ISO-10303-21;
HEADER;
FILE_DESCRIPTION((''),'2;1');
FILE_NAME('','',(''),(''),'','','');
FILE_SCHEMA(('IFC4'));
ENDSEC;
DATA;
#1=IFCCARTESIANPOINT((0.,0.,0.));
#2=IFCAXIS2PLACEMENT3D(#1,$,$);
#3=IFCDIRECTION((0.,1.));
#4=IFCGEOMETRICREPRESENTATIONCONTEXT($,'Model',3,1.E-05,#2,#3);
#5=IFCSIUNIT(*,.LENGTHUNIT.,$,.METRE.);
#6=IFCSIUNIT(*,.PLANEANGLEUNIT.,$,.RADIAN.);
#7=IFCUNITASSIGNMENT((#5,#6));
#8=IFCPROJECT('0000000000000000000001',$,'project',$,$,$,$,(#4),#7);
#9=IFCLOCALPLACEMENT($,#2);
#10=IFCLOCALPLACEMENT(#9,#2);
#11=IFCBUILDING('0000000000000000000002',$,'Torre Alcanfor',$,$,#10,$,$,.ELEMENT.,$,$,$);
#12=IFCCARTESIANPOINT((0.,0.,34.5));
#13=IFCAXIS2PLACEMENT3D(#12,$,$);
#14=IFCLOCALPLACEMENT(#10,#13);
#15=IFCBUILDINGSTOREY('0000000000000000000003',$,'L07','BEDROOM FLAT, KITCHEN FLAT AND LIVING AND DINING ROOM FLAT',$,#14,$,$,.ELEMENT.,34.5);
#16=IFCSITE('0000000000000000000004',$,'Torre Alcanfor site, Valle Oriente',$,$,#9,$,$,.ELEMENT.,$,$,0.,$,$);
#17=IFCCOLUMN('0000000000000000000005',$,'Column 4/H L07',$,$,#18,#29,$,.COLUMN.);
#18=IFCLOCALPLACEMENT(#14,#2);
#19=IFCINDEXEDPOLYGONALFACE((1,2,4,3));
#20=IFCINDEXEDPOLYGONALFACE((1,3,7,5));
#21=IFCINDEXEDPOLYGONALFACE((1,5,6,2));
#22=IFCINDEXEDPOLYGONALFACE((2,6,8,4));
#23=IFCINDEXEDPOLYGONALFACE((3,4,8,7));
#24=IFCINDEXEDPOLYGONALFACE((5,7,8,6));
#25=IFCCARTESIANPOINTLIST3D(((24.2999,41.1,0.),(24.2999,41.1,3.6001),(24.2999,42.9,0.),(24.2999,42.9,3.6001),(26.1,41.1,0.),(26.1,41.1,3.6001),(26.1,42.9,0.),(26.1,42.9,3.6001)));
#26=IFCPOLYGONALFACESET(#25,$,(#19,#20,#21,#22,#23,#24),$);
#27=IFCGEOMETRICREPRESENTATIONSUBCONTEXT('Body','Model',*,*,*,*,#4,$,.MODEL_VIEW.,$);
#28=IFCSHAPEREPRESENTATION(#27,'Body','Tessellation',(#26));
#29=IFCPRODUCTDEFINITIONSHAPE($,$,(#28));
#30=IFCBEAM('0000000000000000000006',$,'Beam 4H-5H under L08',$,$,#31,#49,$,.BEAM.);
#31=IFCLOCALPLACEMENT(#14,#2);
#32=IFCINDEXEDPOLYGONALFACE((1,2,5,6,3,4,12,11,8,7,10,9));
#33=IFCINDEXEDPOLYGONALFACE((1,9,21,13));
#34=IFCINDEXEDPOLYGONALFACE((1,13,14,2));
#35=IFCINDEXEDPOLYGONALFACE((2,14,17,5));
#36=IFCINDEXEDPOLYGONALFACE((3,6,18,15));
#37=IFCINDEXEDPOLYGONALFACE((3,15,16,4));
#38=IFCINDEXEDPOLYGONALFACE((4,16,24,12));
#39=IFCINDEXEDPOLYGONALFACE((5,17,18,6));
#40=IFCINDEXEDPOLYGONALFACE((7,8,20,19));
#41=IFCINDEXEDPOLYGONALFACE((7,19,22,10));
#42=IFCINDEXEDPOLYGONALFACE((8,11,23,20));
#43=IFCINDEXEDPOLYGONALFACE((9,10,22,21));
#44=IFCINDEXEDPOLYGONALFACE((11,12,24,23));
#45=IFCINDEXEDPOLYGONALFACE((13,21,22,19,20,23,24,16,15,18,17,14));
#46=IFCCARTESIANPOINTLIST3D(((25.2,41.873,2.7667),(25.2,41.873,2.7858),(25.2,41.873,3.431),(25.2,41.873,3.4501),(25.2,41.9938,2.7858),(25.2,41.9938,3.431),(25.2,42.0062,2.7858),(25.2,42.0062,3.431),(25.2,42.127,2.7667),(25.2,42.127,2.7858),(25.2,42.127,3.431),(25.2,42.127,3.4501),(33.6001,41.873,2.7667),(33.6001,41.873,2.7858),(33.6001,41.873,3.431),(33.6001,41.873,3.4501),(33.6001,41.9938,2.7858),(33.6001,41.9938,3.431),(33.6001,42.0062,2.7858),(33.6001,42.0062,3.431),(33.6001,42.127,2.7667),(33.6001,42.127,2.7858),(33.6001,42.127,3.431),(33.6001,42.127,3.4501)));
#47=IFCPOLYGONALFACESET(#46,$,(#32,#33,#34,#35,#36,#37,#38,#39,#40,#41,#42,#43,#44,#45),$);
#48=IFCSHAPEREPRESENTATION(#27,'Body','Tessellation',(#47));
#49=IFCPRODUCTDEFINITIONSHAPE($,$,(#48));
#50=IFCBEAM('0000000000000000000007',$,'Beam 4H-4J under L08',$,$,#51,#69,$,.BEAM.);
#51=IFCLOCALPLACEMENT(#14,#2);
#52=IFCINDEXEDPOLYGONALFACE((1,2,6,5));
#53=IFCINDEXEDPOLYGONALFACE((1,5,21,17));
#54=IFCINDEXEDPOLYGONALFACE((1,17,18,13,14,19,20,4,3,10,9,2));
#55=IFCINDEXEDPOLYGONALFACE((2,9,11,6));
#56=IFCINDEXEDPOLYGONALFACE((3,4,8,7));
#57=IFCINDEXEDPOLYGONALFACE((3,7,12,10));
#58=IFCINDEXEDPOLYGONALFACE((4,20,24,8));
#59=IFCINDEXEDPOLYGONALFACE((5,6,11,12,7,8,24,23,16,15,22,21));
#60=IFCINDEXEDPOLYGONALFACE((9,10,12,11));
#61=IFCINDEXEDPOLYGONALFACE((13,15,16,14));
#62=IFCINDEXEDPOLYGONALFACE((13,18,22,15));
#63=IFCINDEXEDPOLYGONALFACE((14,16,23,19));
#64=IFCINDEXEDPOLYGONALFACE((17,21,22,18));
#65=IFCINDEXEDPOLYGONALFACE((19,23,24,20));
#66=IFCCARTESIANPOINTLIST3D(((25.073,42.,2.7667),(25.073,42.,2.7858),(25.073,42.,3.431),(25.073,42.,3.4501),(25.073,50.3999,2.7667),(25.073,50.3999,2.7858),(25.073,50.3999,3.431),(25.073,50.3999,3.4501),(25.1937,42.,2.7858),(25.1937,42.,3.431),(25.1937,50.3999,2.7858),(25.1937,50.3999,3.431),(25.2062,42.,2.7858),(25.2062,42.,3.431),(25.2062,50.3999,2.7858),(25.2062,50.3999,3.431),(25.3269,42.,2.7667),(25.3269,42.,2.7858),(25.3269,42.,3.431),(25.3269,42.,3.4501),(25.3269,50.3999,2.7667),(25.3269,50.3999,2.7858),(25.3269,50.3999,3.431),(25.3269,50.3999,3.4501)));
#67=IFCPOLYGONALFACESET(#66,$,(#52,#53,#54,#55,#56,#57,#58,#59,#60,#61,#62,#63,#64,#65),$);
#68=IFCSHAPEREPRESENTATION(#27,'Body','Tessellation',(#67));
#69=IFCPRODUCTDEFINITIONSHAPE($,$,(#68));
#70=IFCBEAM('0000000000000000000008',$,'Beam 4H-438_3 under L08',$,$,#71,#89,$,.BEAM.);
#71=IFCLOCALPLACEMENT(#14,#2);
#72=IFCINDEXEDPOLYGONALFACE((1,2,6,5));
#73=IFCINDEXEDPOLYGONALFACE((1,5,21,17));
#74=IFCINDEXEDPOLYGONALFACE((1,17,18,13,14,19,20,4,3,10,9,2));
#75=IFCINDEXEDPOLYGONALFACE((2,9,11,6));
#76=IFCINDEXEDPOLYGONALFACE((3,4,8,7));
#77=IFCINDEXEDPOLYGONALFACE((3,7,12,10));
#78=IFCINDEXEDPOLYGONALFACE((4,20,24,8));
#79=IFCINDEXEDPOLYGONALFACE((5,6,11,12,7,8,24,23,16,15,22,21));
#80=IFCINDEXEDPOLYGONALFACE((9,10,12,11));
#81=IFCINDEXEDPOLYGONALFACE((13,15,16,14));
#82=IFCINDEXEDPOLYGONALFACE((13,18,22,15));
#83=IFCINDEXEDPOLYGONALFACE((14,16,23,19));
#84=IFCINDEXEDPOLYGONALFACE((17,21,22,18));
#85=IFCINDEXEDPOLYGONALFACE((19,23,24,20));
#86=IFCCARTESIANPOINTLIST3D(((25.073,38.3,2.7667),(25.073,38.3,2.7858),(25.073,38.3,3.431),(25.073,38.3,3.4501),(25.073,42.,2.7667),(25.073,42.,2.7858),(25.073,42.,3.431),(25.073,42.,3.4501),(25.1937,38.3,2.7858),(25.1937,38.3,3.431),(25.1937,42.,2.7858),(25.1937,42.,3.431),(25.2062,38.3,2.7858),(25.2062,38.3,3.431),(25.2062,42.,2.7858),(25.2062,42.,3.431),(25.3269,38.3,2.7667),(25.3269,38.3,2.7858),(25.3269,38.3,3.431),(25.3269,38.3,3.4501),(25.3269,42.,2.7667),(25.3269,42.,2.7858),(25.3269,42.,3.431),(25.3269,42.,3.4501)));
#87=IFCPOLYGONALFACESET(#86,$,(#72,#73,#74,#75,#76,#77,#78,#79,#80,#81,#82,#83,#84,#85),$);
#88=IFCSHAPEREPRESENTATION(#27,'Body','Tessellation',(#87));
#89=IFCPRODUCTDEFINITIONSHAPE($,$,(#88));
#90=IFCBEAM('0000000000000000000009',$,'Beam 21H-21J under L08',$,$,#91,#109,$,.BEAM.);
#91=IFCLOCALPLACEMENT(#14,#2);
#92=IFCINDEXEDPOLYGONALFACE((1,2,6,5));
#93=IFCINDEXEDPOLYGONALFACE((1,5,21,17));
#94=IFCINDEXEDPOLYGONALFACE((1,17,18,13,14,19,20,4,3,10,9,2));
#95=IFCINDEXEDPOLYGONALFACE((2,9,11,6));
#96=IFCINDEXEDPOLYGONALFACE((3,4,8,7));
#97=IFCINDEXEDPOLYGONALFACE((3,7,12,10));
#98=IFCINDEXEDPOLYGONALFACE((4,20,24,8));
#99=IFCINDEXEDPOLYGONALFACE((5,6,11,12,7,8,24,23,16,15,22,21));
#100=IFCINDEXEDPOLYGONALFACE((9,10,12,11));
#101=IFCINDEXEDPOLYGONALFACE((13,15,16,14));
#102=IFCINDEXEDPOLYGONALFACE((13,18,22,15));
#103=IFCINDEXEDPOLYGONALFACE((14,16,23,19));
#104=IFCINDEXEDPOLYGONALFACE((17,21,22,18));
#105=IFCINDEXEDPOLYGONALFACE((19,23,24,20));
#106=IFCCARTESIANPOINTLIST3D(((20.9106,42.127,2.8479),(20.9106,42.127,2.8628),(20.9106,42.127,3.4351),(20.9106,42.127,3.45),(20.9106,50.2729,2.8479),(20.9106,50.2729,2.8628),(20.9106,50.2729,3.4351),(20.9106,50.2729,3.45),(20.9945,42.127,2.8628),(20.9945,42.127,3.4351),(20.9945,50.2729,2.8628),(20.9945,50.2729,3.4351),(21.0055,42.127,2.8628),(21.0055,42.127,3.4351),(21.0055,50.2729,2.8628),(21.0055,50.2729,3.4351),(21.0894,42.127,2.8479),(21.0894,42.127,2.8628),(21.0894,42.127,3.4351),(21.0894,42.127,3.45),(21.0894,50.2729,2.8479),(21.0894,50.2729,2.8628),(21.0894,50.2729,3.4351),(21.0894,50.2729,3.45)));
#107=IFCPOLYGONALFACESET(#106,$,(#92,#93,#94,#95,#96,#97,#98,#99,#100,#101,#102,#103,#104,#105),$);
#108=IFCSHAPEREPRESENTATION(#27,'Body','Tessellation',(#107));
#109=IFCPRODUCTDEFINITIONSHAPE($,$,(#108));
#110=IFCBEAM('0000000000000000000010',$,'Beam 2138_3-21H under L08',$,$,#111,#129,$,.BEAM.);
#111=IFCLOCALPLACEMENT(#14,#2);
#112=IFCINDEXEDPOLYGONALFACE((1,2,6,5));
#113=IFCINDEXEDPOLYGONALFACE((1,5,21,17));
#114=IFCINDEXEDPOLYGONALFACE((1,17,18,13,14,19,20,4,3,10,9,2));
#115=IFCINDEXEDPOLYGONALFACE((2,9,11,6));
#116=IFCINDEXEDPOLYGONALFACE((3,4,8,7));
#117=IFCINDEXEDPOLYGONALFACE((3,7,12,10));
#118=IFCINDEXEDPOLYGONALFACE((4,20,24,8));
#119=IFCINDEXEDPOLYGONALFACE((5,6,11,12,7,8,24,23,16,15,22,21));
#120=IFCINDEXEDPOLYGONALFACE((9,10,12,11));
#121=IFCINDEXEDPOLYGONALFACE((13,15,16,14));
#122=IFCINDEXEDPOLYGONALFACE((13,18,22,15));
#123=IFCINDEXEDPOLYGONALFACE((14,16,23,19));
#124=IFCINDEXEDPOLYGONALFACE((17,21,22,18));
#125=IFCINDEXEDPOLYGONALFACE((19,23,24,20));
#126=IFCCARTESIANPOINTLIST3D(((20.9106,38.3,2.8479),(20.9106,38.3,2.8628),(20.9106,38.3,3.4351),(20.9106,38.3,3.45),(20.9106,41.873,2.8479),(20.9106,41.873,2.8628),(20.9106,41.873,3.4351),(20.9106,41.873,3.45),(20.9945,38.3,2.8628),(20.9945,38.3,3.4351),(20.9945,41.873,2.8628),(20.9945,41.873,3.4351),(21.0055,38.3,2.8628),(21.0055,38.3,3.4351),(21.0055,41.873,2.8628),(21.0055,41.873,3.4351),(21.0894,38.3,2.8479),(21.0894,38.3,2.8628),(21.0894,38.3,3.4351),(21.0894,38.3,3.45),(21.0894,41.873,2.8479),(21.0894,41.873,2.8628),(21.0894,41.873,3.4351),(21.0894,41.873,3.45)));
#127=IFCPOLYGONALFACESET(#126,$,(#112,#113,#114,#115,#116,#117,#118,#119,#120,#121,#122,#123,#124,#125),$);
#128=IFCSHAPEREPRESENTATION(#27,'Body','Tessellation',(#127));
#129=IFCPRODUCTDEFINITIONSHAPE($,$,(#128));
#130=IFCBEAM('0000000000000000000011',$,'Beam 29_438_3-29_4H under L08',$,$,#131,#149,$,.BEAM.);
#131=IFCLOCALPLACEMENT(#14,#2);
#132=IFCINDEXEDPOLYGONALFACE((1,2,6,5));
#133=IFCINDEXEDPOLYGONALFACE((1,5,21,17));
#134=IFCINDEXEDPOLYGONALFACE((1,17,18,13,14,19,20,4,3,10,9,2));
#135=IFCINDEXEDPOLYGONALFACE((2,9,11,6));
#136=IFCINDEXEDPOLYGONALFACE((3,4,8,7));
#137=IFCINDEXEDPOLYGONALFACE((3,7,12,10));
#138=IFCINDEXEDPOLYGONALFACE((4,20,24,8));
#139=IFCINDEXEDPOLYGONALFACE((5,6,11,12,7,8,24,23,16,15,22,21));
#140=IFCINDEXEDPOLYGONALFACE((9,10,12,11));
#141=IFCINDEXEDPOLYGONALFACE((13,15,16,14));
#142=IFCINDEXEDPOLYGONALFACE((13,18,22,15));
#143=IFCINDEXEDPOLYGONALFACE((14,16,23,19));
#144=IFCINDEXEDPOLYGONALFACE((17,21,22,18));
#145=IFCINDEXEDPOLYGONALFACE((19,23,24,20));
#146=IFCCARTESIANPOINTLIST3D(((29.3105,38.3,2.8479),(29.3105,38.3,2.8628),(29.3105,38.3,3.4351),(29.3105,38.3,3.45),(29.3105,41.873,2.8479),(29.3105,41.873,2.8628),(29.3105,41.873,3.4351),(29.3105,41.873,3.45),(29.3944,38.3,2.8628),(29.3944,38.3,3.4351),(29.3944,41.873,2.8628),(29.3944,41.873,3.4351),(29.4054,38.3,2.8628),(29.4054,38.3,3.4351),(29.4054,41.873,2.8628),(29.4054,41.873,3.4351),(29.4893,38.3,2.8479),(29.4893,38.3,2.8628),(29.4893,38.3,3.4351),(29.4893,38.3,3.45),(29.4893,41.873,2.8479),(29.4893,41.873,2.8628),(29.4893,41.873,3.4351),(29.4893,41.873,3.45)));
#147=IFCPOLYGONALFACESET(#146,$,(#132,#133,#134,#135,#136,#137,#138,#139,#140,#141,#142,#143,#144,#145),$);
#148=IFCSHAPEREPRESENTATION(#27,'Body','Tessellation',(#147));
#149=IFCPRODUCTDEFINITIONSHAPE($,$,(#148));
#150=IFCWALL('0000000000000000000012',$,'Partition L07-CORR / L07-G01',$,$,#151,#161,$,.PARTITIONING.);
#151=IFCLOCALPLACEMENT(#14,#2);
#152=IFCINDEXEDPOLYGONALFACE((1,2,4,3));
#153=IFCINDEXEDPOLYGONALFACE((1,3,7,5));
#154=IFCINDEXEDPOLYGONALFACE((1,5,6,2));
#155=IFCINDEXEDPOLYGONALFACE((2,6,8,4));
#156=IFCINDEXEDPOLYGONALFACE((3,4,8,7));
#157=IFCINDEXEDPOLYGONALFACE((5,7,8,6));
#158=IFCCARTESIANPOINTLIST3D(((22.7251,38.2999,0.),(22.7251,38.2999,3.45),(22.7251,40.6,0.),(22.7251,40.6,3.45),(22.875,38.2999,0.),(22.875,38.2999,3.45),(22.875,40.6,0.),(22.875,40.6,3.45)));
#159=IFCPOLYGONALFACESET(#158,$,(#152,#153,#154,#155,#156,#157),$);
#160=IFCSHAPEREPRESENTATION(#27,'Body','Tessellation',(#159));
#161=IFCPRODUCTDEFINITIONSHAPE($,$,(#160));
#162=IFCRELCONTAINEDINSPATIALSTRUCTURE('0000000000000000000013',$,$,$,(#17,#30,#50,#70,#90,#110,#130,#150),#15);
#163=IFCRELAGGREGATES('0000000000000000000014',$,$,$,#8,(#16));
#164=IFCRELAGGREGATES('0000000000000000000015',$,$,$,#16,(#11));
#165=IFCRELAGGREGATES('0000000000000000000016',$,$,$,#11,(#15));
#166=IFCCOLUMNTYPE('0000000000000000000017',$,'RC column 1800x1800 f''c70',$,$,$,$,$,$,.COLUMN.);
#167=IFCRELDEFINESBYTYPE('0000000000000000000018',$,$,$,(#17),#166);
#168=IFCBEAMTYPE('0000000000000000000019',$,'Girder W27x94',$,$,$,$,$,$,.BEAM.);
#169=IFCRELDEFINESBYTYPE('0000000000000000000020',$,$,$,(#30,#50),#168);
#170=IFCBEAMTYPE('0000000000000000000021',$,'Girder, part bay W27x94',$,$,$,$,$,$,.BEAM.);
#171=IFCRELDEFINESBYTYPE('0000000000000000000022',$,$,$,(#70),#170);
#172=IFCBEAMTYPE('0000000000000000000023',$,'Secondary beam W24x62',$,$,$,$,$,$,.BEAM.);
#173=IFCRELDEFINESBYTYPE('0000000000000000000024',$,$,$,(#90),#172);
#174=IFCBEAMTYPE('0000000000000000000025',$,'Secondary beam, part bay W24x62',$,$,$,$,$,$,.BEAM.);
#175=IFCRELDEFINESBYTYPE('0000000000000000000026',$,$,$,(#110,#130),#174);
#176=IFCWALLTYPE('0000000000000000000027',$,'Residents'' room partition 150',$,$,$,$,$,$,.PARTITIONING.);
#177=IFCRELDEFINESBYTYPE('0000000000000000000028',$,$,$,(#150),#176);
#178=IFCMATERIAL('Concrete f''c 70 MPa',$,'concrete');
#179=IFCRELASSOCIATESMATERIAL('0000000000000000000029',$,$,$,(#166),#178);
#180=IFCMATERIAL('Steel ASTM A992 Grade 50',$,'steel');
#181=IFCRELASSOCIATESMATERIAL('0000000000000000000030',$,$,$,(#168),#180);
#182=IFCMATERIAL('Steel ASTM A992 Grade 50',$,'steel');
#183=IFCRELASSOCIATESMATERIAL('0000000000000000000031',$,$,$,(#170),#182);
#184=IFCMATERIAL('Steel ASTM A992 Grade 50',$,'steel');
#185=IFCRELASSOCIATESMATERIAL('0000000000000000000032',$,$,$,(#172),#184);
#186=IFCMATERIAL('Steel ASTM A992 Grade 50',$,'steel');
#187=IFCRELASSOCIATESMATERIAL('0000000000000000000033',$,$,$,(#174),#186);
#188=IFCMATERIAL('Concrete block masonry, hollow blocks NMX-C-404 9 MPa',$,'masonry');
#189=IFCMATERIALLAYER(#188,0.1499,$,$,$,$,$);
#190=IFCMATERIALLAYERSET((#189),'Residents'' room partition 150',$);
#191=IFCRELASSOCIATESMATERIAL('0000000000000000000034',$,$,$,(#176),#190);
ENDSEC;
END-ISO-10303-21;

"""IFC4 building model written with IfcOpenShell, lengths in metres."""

from ifc_helpers import new_model, si_unit, direction, frame, frame_2d, origin, origin_2d, place, context, subcontext, project, spatial, rectangle, i_section, extrude, material, layer, layer_set, material_profile, profile_set, type_object, element, save


model = new_model("IFC4")

# Units and contexts
model_context = context("Model", 3, precision=1e-05, world=origin(), true_north=direction((0.0, 1.0)))
body_context = subcontext(model_context, "Body", "Model", "MODEL_VIEW")
ifc_project = project(units=[si_unit("LENGTHUNIT", "METRE"), si_unit("PLANEANGLEUNIT", "RADIAN")], contexts=[model_context])

# Site, building, storey
site_placement = place(None, origin())
site = spatial("IfcSite", under=ifc_project, at=site_placement, Name="Torre Alcanfor site, Valle Oriente", CompositionType="ELEMENT", RefElevation=0.0)
building_placement = place(site_placement, origin())
building = spatial("IfcBuilding", under=site, at=building_placement, Name="Torre Alcanfor", CompositionType="ELEMENT")
storey_placement = place(building_placement, frame((0.0, 0.0, 34.5)))
storey = spatial("IfcBuildingStorey", under=building, at=storey_placement, Name="L07", Description="BEDROOM FLAT, KITCHEN FLAT AND LIVING AND DINING ROOM FLAT", CompositionType="ELEMENT", Elevation=34.5)

# Column
ifc_material_1 = material(Name="Concrete f'c 70 MPa", Category="concrete")
ifc_material_profile_1 = material_profile(ifc_material_1, rectangle(XDim=1.8, YDim=1.8, at=origin_2d()), Name="1800x1800")
ifc_profile_set_1 = profile_set([ifc_material_profile_1], Name="Concrete f'c 70 MPa")
column_type = type_object("IfcColumnType", Name="RC column 1800x1800 f'c70", PredefinedType="COLUMN", material=ifc_profile_set_1)
column_placement = place(storey_placement, frame((25.2, 42.0, 0.0), z_axis=(0.0, 0.0, 1.0), x_axis=(1.0, 0.0, 0.0)))
element("IfcColumn", 1, at=column_placement, inside=storey, type_object=column_type, Name="Column 4/H L07", PredefinedType="COLUMN", context=body_context, shape_type="SweptSolid", body=[
    extrude(rectangle(XDim=1.8, YDim=1.8, at=origin_2d()), origin(), (0.0, 0.0, 1.0), 3.6001),
])

# Beams
ifc_material_2 = material(Name="Steel ASTM A992 Grade 50", Category="steel")
ifc_material_profile_2 = material_profile(ifc_material_2, i_section(OverallWidth=0.2539, OverallDepth=0.6833, WebThickness=0.0125, FlangeThickness=0.019, at=origin_2d()), Name="W27x94")
ifc_profile_set_2 = profile_set([ifc_material_profile_2], Name="Steel ASTM A992 Grade 50")
beam_type_1 = type_object("IfcBeamType", Name="Girder W27x94", PredefinedType="BEAM", material=ifc_profile_set_2)
beam_1_placement = place(storey_placement, frame((25.2, 42.0, 3.1084), z_axis=(1.0, 0.0, 0.0), x_axis=(0.0, 1.0, 0.0)))
element("IfcBeam", 2, at=beam_1_placement, inside=storey, type_object=beam_type_1, Name="Beam 4H-5H under L08", PredefinedType="BEAM", context=body_context, shape_type="SweptSolid", body=[
    extrude(i_section(OverallWidth=0.2539, OverallDepth=0.6833, WebThickness=0.0125, FlangeThickness=0.019, at=origin_2d()), origin(), (0.0, 0.0, 1.0), 8.4001),
])
beam_2_placement = place(storey_placement, frame((25.2, 42.0, 3.1084), z_axis=(0.0, 1.0, 0.0), x_axis=(-1.0, 0.0, 0.0)))
element("IfcBeam", 3, at=beam_2_placement, inside=storey, type_object=beam_type_1, Name="Beam 4H-4J under L08", PredefinedType="BEAM", context=body_context, shape_type="SweptSolid", body=[
    extrude(i_section(OverallWidth=0.2539, OverallDepth=0.6833, WebThickness=0.0125, FlangeThickness=0.019, at=origin_2d()), origin(), (0.0, 0.0, 1.0), 8.3999),
])
ifc_material_3 = material(Name="Steel ASTM A992 Grade 50", Category="steel")
ifc_material_profile_3 = material_profile(ifc_material_3, i_section(OverallWidth=0.2539, OverallDepth=0.6833, WebThickness=0.0125, FlangeThickness=0.019, at=origin_2d()), Name="W27x94")
ifc_profile_set_3 = profile_set([ifc_material_profile_3], Name="Steel ASTM A992 Grade 50")
beam_type_2 = type_object("IfcBeamType", Name="Girder, part bay W27x94", PredefinedType="BEAM", material=ifc_profile_set_3)
beam_3_placement = place(storey_placement, frame((25.2, 42.0, 3.1084), z_axis=(0.0, -1.0, 0.0), x_axis=(1.0, 0.0, 0.0)))
element("IfcBeam", 4, at=beam_3_placement, inside=storey, type_object=beam_type_2, Name="Beam 4H-438_3 under L08", PredefinedType="BEAM", context=body_context, shape_type="SweptSolid", body=[
    extrude(i_section(OverallWidth=0.2539, OverallDepth=0.6833, WebThickness=0.0125, FlangeThickness=0.019, at=origin_2d()), origin(), (0.0, 0.0, 1.0), 3.7),
])
ifc_material_4 = material(Name="Steel ASTM A992 Grade 50", Category="steel")
ifc_material_profile_4 = material_profile(ifc_material_4, i_section(OverallWidth=0.1787, OverallDepth=0.6021, WebThickness=0.011, FlangeThickness=0.0149, at=origin_2d()), Name="W24x62")
ifc_profile_set_4 = profile_set([ifc_material_profile_4], Name="Steel ASTM A992 Grade 50")
beam_type_3 = type_object("IfcBeamType", Name="Secondary beam W24x62", PredefinedType="BEAM", material=ifc_profile_set_4)
beam_4_placement = place(storey_placement, frame((21.0, 42.127, 3.1489), z_axis=(0.0, 1.0, 0.0), x_axis=(-1.0, 0.0, 0.0)))
element("IfcBeam", 5, at=beam_4_placement, inside=storey, type_object=beam_type_3, Name="Beam 21H-21J under L08", PredefinedType="BEAM", context=body_context, shape_type="SweptSolid", body=[
    extrude(i_section(OverallWidth=0.1787, OverallDepth=0.6021, WebThickness=0.011, FlangeThickness=0.0149, at=origin_2d()), origin(), (0.0, 0.0, 1.0), 8.146),
])
ifc_material_5 = material(Name="Steel ASTM A992 Grade 50", Category="steel")
ifc_material_profile_5 = material_profile(ifc_material_5, i_section(OverallWidth=0.1787, OverallDepth=0.6021, WebThickness=0.011, FlangeThickness=0.0149, at=origin_2d()), Name="W24x62")
ifc_profile_set_5 = profile_set([ifc_material_profile_5], Name="Steel ASTM A992 Grade 50")
beam_type_4 = type_object("IfcBeamType", Name="Secondary beam, part bay W24x62", PredefinedType="BEAM", material=ifc_profile_set_5)
for number, where, z_axis, x_axis, name in (
    (6, (21.0, 38.3, 3.1489), (0.0, 1.0, 0.0), (-1.0, 0.0, 0.0), "Beam 2138_3-21H under L08"),
    (7, (29.3999, 38.3, 3.1489), (0.0, 1.0, 0.0), (-1.0, 0.0, 0.0), "Beam 29_438_3-29_4H under L08"),
):
    element("IfcBeam", number, at=place(storey_placement, frame(where, z_axis=z_axis, x_axis=x_axis)), inside=storey, type_object=beam_type_4, Name=name, PredefinedType="BEAM", context=body_context, shape_type="SweptSolid", body=[
        extrude(i_section(OverallWidth=0.1787, OverallDepth=0.6021, WebThickness=0.011, FlangeThickness=0.0149, at=origin_2d()), origin(), (0.0, 0.0, 1.0), 3.573),
    ])

# Wall
ifc_material_6 = material(Name="Concrete block masonry, hollow blocks NMX-C-404 9 MPa", Category="masonry")
ifc_layer = layer(ifc_material_6, 0.1499)
ifc_layer_set = layer_set([ifc_layer], Name="Residents' room partition 150")
wall_type = type_object("IfcWallType", Name="Residents' room partition 150", PredefinedType="PARTITIONING", material=ifc_layer_set)
wall_1_placement = place(storey_placement, frame((22.8, 38.3, 0.0), z_axis=(0.0, 0.0, 1.0), x_axis=(0.0, 1.0, 0.0)))
element("IfcWall", 8, at=wall_1_placement, inside=storey, type_object=wall_type, Name="Partition L07-CORR / L07-G01", PredefinedType="PARTITIONING", context=body_context, shape_type="SweptSolid", body=[
    extrude(rectangle(XDim=2.3, YDim=0.1499, at=frame_2d((1.1499, 0.0))), origin(), (0.0, 0.0, 1.0), 3.45),
])

save(model, "model.ifc")
